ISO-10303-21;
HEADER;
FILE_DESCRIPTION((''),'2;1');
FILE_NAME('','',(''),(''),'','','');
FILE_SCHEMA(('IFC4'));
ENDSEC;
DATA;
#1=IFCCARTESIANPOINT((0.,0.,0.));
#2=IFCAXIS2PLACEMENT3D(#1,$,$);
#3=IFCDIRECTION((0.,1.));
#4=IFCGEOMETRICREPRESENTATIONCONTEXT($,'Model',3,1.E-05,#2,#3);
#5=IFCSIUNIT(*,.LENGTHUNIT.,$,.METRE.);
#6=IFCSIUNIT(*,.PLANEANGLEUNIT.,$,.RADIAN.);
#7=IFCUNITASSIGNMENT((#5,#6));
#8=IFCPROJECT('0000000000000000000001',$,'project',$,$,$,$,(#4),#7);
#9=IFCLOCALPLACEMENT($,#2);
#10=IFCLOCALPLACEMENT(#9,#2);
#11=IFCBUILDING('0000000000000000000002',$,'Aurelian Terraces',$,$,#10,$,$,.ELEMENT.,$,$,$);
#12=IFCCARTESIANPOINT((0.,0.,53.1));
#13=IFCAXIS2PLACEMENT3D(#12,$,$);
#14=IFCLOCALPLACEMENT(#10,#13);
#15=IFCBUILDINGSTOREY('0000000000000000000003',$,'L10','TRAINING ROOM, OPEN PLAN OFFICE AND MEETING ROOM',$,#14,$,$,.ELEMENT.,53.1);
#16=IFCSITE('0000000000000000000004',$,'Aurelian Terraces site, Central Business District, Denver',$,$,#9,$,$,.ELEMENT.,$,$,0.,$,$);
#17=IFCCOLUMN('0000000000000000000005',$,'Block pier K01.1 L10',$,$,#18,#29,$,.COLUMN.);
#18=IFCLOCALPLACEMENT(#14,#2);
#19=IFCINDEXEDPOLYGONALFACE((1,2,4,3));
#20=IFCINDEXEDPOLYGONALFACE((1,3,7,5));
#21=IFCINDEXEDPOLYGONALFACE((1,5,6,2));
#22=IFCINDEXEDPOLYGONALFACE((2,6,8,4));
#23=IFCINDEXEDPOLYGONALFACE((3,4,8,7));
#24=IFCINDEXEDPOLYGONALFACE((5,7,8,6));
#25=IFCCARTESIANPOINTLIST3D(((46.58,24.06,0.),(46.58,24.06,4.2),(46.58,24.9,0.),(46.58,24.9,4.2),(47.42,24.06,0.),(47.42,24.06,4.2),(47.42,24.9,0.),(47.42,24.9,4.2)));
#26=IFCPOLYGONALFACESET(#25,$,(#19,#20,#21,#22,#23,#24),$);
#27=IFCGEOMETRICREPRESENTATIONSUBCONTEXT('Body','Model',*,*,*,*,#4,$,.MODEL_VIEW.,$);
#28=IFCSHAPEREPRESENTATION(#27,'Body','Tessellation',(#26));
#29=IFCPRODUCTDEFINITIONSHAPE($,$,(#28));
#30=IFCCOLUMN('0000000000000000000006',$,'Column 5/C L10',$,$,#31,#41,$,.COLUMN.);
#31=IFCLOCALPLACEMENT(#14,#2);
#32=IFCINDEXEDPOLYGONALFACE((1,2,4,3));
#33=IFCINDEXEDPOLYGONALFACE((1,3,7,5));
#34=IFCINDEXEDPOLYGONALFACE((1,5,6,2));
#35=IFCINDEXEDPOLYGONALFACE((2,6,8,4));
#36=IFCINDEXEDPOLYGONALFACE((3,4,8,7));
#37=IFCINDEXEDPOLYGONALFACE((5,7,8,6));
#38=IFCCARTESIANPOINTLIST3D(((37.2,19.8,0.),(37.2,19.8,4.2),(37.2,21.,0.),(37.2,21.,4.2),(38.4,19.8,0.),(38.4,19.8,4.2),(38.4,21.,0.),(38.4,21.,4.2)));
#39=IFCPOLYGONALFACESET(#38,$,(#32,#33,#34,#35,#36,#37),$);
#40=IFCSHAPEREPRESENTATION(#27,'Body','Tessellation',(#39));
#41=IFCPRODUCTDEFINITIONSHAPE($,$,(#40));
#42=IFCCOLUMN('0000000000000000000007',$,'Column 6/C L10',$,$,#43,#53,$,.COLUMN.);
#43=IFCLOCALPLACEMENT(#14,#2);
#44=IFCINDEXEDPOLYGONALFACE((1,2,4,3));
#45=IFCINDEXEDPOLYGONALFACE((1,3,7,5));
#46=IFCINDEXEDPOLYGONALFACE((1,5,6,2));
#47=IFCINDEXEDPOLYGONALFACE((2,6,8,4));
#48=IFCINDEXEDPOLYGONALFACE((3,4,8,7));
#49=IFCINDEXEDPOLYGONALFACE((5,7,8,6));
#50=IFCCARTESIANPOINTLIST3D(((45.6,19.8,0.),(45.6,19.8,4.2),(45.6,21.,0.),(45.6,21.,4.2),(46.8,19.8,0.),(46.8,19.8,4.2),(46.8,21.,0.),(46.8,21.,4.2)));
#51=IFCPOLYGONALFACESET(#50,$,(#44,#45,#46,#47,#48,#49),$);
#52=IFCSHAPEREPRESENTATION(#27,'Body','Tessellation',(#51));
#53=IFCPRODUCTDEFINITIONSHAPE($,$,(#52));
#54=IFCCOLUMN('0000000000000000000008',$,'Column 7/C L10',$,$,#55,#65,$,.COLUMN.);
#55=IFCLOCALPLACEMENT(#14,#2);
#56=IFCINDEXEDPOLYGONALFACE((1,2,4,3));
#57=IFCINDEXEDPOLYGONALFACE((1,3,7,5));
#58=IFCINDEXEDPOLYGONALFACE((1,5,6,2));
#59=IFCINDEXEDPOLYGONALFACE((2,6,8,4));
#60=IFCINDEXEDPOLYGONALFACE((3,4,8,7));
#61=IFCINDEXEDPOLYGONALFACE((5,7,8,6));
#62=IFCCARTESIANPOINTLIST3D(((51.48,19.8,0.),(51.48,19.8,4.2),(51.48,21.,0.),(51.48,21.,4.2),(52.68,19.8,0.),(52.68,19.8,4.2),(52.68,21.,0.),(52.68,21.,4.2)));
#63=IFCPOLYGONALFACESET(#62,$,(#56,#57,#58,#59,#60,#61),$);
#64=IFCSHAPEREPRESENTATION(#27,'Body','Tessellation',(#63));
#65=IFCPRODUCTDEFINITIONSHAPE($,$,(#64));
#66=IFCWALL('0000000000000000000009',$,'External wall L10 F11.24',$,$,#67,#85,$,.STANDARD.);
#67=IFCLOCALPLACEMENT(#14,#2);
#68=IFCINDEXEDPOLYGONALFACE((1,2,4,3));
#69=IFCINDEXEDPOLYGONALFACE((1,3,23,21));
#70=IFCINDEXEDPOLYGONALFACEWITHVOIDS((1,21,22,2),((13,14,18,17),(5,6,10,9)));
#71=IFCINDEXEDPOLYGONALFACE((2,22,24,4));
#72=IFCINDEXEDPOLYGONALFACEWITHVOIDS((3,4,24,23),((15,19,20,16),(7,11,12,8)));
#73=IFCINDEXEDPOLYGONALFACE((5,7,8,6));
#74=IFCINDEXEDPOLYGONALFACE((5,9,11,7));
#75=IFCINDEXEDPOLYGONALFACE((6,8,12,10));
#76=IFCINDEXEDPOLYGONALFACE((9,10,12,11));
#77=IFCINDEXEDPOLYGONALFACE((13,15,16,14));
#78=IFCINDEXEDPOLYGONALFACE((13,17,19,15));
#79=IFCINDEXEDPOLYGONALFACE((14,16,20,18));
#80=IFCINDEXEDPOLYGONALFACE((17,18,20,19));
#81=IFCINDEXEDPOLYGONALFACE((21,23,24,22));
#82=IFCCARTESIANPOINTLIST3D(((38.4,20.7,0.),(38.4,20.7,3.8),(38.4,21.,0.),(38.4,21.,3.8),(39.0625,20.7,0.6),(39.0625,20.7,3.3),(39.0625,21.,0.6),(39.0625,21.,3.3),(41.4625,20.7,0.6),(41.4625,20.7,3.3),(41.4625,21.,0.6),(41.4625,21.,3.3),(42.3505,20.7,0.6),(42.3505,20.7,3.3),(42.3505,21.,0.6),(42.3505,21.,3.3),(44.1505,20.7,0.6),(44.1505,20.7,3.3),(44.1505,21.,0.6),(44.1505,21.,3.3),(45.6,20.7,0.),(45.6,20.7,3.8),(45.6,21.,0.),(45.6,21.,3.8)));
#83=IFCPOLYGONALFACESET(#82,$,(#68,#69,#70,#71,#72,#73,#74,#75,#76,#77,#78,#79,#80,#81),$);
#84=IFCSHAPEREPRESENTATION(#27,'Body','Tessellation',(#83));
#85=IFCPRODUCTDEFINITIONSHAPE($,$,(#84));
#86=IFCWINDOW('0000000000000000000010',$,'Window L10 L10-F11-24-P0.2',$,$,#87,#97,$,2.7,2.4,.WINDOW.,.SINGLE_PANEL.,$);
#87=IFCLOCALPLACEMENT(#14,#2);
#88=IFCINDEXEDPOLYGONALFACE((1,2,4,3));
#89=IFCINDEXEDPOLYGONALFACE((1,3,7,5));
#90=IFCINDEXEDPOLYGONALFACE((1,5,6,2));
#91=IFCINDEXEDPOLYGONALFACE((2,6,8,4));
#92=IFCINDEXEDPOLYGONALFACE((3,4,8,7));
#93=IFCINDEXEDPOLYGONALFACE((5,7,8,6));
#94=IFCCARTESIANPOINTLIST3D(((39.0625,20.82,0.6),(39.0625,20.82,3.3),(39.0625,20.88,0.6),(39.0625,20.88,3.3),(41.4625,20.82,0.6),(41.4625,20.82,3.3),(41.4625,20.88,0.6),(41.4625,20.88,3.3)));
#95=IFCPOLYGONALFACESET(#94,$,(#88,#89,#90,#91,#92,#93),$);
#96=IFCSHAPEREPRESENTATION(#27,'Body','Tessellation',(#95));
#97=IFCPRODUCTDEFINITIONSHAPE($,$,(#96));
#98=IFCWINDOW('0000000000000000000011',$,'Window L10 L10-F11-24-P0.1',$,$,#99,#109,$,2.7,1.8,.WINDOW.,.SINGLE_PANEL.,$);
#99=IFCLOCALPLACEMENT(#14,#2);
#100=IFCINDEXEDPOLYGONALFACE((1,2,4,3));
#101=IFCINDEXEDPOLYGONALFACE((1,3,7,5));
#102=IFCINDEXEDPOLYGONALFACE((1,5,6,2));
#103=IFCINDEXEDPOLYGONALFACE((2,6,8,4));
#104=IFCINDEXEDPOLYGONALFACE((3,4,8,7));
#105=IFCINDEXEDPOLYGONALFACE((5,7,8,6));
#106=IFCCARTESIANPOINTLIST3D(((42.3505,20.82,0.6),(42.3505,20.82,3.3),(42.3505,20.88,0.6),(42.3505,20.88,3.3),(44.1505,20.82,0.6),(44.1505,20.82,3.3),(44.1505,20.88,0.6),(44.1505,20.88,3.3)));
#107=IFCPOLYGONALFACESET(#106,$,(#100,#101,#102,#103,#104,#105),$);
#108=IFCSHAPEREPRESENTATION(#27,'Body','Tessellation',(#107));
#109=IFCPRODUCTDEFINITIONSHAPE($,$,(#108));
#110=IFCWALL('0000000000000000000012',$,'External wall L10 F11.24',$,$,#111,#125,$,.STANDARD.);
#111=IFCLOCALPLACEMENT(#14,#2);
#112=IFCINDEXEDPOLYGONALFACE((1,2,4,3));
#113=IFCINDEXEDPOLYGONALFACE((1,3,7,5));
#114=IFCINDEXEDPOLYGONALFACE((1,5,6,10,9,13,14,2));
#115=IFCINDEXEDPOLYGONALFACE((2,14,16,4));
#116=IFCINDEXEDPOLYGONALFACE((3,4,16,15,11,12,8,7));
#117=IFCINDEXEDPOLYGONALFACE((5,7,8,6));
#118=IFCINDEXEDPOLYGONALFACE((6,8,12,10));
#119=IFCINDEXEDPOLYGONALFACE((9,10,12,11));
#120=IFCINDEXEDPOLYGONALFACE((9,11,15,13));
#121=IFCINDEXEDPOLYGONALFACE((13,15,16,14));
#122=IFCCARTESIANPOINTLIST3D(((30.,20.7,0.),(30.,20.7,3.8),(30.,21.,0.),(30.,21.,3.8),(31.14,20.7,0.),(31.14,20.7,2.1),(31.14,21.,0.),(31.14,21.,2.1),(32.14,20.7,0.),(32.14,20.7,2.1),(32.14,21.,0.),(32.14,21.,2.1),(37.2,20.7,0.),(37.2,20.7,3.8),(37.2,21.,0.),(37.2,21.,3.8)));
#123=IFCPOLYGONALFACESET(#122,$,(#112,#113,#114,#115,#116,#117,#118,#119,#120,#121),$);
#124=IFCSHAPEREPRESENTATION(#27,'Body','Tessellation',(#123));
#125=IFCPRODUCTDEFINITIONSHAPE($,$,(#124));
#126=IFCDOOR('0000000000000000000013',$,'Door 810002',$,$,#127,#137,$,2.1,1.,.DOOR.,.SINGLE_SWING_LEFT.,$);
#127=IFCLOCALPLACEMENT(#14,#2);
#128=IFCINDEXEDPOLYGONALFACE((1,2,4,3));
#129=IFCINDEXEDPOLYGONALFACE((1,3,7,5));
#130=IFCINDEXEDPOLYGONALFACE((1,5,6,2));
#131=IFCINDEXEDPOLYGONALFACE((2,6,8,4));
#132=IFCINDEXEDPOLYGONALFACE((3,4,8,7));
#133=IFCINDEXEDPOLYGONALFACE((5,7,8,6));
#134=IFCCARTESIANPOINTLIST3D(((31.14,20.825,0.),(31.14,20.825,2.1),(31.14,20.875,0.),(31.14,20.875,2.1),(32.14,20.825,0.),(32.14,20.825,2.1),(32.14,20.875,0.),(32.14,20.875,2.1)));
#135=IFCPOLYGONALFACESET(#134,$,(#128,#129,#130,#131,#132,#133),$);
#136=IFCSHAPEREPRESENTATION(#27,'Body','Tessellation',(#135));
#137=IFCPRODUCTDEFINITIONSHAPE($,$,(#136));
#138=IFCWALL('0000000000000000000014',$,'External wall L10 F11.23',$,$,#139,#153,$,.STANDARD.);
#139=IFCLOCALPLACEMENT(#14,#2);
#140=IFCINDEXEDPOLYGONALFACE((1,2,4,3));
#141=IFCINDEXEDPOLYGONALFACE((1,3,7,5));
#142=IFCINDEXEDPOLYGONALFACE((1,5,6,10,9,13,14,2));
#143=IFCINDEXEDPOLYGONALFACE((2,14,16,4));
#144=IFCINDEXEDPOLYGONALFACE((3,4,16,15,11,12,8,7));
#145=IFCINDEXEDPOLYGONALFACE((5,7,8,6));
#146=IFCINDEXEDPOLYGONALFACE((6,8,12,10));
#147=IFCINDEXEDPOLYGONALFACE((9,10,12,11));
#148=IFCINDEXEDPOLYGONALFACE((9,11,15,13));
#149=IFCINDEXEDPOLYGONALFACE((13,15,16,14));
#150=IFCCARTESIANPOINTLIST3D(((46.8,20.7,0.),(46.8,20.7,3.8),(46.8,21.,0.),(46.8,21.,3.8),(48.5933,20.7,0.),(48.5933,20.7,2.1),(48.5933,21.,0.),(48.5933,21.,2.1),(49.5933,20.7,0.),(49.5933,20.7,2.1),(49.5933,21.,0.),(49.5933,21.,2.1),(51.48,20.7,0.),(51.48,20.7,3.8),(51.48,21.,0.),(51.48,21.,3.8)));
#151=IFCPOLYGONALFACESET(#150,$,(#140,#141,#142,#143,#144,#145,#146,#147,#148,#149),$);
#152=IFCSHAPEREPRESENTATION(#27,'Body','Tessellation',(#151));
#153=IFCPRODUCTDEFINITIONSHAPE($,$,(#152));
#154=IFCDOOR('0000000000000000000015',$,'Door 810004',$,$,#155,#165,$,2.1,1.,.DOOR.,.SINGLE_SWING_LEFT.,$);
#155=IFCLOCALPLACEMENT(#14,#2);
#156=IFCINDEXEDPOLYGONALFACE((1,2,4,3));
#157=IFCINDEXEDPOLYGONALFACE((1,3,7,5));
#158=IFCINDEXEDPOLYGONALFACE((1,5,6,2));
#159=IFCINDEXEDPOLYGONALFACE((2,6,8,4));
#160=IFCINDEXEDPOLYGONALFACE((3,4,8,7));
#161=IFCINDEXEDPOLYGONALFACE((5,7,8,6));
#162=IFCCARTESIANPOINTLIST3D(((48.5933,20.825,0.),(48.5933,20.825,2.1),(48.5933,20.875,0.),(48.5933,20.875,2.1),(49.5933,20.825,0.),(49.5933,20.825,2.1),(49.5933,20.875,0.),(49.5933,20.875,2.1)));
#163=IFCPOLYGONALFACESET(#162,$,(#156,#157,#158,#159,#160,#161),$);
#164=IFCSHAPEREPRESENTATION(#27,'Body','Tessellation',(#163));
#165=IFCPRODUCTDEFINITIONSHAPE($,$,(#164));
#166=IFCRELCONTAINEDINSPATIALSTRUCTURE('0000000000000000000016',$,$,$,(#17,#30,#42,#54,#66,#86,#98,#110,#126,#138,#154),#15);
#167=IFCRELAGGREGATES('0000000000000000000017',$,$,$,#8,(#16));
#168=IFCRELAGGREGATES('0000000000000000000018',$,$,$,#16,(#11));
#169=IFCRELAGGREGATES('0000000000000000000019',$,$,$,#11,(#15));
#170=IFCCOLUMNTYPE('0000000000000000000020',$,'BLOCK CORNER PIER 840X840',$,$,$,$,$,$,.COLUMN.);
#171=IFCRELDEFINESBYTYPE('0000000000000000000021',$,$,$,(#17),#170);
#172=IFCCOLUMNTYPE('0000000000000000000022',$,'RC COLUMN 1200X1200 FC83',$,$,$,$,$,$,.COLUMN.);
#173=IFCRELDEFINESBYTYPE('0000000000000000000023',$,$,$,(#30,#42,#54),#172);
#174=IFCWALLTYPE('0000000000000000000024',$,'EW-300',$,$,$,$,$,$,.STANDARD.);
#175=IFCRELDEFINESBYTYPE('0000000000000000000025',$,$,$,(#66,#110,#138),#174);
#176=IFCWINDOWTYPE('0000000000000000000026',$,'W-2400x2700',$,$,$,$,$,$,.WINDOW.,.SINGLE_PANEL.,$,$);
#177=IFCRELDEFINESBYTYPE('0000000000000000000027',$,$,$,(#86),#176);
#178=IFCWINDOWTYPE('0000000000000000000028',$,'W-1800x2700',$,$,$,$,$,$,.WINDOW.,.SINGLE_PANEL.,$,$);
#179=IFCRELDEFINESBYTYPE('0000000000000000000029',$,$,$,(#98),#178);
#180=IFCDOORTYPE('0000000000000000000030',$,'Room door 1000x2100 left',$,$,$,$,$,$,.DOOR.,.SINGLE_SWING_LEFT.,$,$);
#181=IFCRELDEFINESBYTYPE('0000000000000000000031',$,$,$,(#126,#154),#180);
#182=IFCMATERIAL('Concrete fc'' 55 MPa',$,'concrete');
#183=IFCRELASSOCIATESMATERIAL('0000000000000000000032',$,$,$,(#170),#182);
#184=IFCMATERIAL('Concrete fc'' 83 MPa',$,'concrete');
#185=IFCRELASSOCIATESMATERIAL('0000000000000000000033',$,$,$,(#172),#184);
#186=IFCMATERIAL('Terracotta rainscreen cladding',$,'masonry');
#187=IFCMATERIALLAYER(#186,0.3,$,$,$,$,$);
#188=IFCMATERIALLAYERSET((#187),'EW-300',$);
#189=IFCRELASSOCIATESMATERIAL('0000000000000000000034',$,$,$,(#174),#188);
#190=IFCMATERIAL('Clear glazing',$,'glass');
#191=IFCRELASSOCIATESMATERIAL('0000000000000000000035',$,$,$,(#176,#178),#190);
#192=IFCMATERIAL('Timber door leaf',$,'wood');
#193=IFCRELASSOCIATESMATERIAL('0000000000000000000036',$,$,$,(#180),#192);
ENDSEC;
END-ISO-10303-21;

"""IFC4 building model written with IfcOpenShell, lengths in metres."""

from ifc_helpers import new_model, si_unit, direction, frame, frame_2d, origin, origin_2d, place, context, subcontext, project, spatial, rectangle, extrude, source, transform, mapped, material, layer, layer_set, material_profile, profile_set, type_object, element, fill, save


model = new_model("IFC4")

# Units and contexts
model_context = context("Model", 3, precision=1e-05, world=origin(), true_north=direction((0.0, 1.0)))
body_context = subcontext(model_context, "Body", "Model", "MODEL_VIEW")
ifc_project = project(units=[si_unit("LENGTHUNIT", "METRE"), si_unit("PLANEANGLEUNIT", "RADIAN")], contexts=[model_context])

# Site, building, storey
site_placement = place(None, origin())
site = spatial("IfcSite", under=ifc_project, at=site_placement, Name="Aurelian Terraces site, Central Business District, Denver", CompositionType="ELEMENT", RefElevation=0.0)
building_placement = place(site_placement, origin())
building = spatial("IfcBuilding", under=site, at=building_placement, Name="Aurelian Terraces", CompositionType="ELEMENT")
storey_placement = place(building_placement, frame((0.0, 0.0, 53.1)))
storey = spatial("IfcBuildingStorey", under=building, at=storey_placement, Name="L10", Description="TRAINING ROOM, OPEN PLAN OFFICE AND MEETING ROOM", CompositionType="ELEMENT", Elevation=53.1)

# Columns
ifc_material_1 = material(Name="Concrete fc' 55 MPa", Category="concrete")
ifc_material_profile_1 = material_profile(ifc_material_1, rectangle(XDim=0.84, YDim=0.84, at=origin_2d()))
ifc_profile_set_1 = profile_set([ifc_material_profile_1], Name="Concrete fc' 55 MPa")
column_type_1 = type_object("IfcColumnType", Name="BLOCK CORNER PIER 840X840", PredefinedType="COLUMN", material=ifc_profile_set_1)
column_placement = place(storey_placement, frame((47.0, 24.48, 0.0), z_axis=(0.0, 0.0, 1.0), x_axis=(1.0, 0.0, 0.0)))
element("IfcColumn", 1, at=column_placement, inside=storey, type_object=column_type_1, Name="Block pier K01.1 L10", PredefinedType="COLUMN", context=body_context, shape_type="SweptSolid", body=[
    extrude(rectangle(XDim=0.84, YDim=0.84, at=origin_2d()), origin(), (0.0, 0.0, 1.0), 4.2),
])
ifc_material_2 = material(Name="Concrete fc' 83 MPa", Category="concrete")
ifc_material_profile_2 = material_profile(ifc_material_2, rectangle(XDim=1.2, YDim=1.2, at=origin_2d()))
ifc_profile_set_2 = profile_set([ifc_material_profile_2], Name="Concrete fc' 83 MPa")
column_type_2 = type_object("IfcColumnType", Name="RC COLUMN 1200X1200 FC83", PredefinedType="COLUMN", material=ifc_profile_set_2)
shared_shape_1 = source(origin(), body_context, "Body", "SweptSolid", [
    extrude(rectangle(XDim=1.2, YDim=1.2, at=origin_2d()), origin(), (0.0, 0.0, 1.0), 4.2),
])
for number, where, z_axis, x_axis, name in (
    (2, (37.8, 20.4, 0.0), (0.0, 0.0, 1.0), (1.0, 0.0, 0.0), "Column 5/C L10"),
    (3, (46.2, 20.4, 0.0), (0.0, 0.0, 1.0), (1.0, 0.0, 0.0), "Column 6/C L10"),
    (4, (52.08, 20.4, 0.0), (0.0, 0.0, 1.0), (1.0, 0.0, 0.0), "Column 7/C L10"),
):
    element("IfcColumn", number, at=place(storey_placement, frame(where, z_axis=z_axis, x_axis=x_axis)), inside=storey, type_object=column_type_2, Name=name, PredefinedType="COLUMN", context=body_context, shape_type="MappedRepresentation", body=[
        mapped(shared_shape_1, transform((0.0, 0.0, 0.0), scale=1.0)),
    ])

# Wall, openings, windows
ifc_material_3 = material(Name="Terracotta rainscreen cladding", Category="masonry")
ifc_layer_1 = layer(ifc_material_3, 0.3)
ifc_layer_set_1 = layer_set([ifc_layer_1], Name="EW-300")
wall_type_1 = type_object("IfcWallType", Name="EW-300", PredefinedType="STANDARD", material=ifc_layer_set_1)
shared_shape_2 = source(origin(), body_context, "Body", "SweptSolid", [
    extrude(rectangle(XDim=7.2, YDim=0.3, at=frame_2d((3.6, 0.0))), origin(), (0.0, 0.0, 1.0), 3.8),
])
wall_1_placement = place(storey_placement, frame((45.6, 20.85, 0.0), z_axis=(0.0, 0.0, 1.0), x_axis=(-1.0, 0.0, 0.0)))
wall_1 = element("IfcWall", 5, at=wall_1_placement, inside=storey, type_object=wall_type_1, Name="External wall L10 F11.24", PredefinedType="STANDARD", context=body_context, shape_type="MappedRepresentation", body=[
    mapped(shared_shape_2, transform((0.0, 0.0, 0.0), scale=1.0)),
])
shared_shape_3 = source(origin(), body_context, "Body", "SweptSolid", [
    extrude(rectangle(XDim=1.8, YDim=2.7, at=frame_2d((0.9, 1.35))), frame((0.0, 0.16, 0.0), z_axis=(0.0, -1.0, 0.0), x_axis=(1.0, 0.0, 0.0)), (0.0, 0.0, 1.0), 0.32),
])
opening_1_placement = place(wall_1_placement, frame((1.4495, 0.0, 0.6)))
opening_1 = element("IfcOpeningElement", 6, at=opening_1_placement, cuts=wall_1, PredefinedType="OPENING", context=body_context, shape_type="MappedRepresentation", body=[
    mapped(shared_shape_3, transform((0.0, 0.0, 0.0), scale=1.0)),
])
shared_shape_4 = source(origin(), body_context, "Body", "SweptSolid", [
    extrude(rectangle(XDim=2.4, YDim=2.7, at=frame_2d((1.2, 1.35))), frame((0.0, 0.16, 0.0), z_axis=(0.0, -1.0, 0.0), x_axis=(1.0, 0.0, 0.0)), (0.0, 0.0, 1.0), 0.32),
])
opening_2_placement = place(wall_1_placement, frame((4.1375, 0.0, 0.6)))
opening_2 = element("IfcOpeningElement", 7, at=opening_2_placement, cuts=wall_1, PredefinedType="OPENING", context=body_context, shape_type="MappedRepresentation", body=[
    mapped(shared_shape_4, transform((0.0, 0.0, 0.0), scale=1.0)),
])
ifc_material_4 = material(Name="Clear glazing", Category="glass")
window_type_1 = type_object("IfcWindowType", Name="W-2400x2700", PartitioningType="SINGLE_PANEL", PredefinedType="WINDOW", material=ifc_material_4)
shared_shape_5 = source(origin(), body_context, "Body", "SweptSolid", [
    extrude(rectangle(XDim=2.4, YDim=2.7, at=frame_2d((1.2, 1.35))), frame((0.0, 0.03, 0.0), z_axis=(0.0, -1.0, 0.0), x_axis=(1.0, 0.0, 0.0)), (0.0, 0.0, 1.0), 0.06),
])
window_1_placement = place(opening_2_placement, origin())
window_1 = element("IfcWindow", 8, at=window_1_placement, inside=storey, type_object=window_type_1, Name="Window L10 L10-F11-24-P0.2", OverallHeight=2.7, OverallWidth=2.4, PartitioningType="SINGLE_PANEL", PredefinedType="WINDOW", context=body_context, shape_type="MappedRepresentation", body=[
    mapped(shared_shape_5, transform((0.0, 0.0, 0.0), scale=1.0)),
])
fill(opening_2, window_1)
window_type_2 = type_object("IfcWindowType", Name="W-1800x2700", PartitioningType="SINGLE_PANEL", PredefinedType="WINDOW", material=ifc_material_4)
shared_shape_6 = source(origin(), body_context, "Body", "SweptSolid", [
    extrude(rectangle(XDim=1.8, YDim=2.7, at=frame_2d((0.9, 1.35))), frame((0.0, 0.03, 0.0), z_axis=(0.0, -1.0, 0.0), x_axis=(1.0, 0.0, 0.0)), (0.0, 0.0, 1.0), 0.06),
])
window_2_placement = place(opening_1_placement, origin())
window_2 = element("IfcWindow", 9, at=window_2_placement, inside=storey, type_object=window_type_2, Name="Window L10 L10-F11-24-P0.1", OverallHeight=2.7, OverallWidth=1.8, PartitioningType="SINGLE_PANEL", PredefinedType="WINDOW", context=body_context, shape_type="MappedRepresentation", body=[
    mapped(shared_shape_6, transform((0.0, 0.0, 0.0), scale=1.0)),
])
fill(opening_1, window_2)

# Walls, openings, doors
wall_2_placement = place(storey_placement, frame((37.2, 20.85, 0.0), z_axis=(0.0, 0.0, 1.0), x_axis=(-1.0, 0.0, 0.0)))
wall_2 = element("IfcWall", 10, at=wall_2_placement, inside=storey, type_object=wall_type_1, Name="External wall L10 F11.24", PredefinedType="STANDARD", context=body_context, shape_type="MappedRepresentation", body=[
    mapped(shared_shape_2, transform((0.0, 0.0, 0.0), scale=1.0)),
])
shared_shape_7 = source(origin(), body_context, "Body", "SweptSolid", [
    extrude(rectangle(XDim=1.0, YDim=2.1, at=frame_2d((0.5, 1.05))), frame((0.0, 0.16, 0.0), z_axis=(0.0, -1.0, 0.0), x_axis=(1.0, 0.0, 0.0)), (0.0, 0.0, 1.0), 0.32),
])
opening_3_placement = place(wall_2_placement, frame((5.06, 0.0, 0.0)))
opening_3 = element("IfcOpeningElement", 11, at=opening_3_placement, cuts=wall_2, PredefinedType="OPENING", context=body_context, shape_type="MappedRepresentation", body=[
    mapped(shared_shape_7, transform((0.0, 0.0, 0.0), scale=1.0)),
])
ifc_material_5 = material(Name="Timber door leaf", Category="wood")
door_type = type_object("IfcDoorType", Name="Room door 1000x2100 left", OperationType="SINGLE_SWING_LEFT", PredefinedType="DOOR", material=ifc_material_5)
shared_shape_8 = source(origin(), body_context, "Body", "SweptSolid", [
    extrude(rectangle(XDim=1.0, YDim=2.1, at=frame_2d((0.5, 1.05))), frame((0.0, 0.025, 0.0), z_axis=(0.0, -1.0, 0.0), x_axis=(1.0, 0.0, 0.0)), (0.0, 0.0, 1.0), 0.05),
])
door_1_placement = place(opening_3_placement, origin())
door_1 = element("IfcDoor", 12, at=door_1_placement, inside=storey, type_object=door_type, Name="Door 810002", OperationType="SINGLE_SWING_LEFT", OverallHeight=2.1, OverallWidth=1.0, PredefinedType="DOOR", context=body_context, shape_type="MappedRepresentation", body=[
    mapped(shared_shape_8, transform((0.0, 0.0, 0.0), scale=1.0)),
])
fill(opening_3, door_1)
shared_shape_9 = source(origin(), body_context, "Body", "SweptSolid", [
    extrude(rectangle(XDim=4.68, YDim=0.3, at=frame_2d((2.34, 0.0))), origin(), (0.0, 0.0, 1.0), 3.8),
])
wall_3_placement = place(storey_placement, frame((51.48, 20.85, 0.0), z_axis=(0.0, 0.0, 1.0), x_axis=(-1.0, 0.0, 0.0)))
wall_3 = element("IfcWall", 13, at=wall_3_placement, inside=storey, type_object=wall_type_1, Name="External wall L10 F11.23", PredefinedType="STANDARD", context=body_context, shape_type="MappedRepresentation", body=[
    mapped(shared_shape_9, transform((0.0, 0.0, 0.0), scale=1.0)),
])
opening_4_placement = place(wall_3_placement, frame((1.8867, 0.0, 0.0)))
opening_4 = element("IfcOpeningElement", 14, at=opening_4_placement, cuts=wall_3, PredefinedType="OPENING", context=body_context, shape_type="MappedRepresentation", body=[
    mapped(shared_shape_7, transform((0.0, 0.0, 0.0), scale=1.0)),
])
door_2_placement = place(opening_4_placement, origin())
door_2 = element("IfcDoor", 15, at=door_2_placement, inside=storey, type_object=door_type, Name="Door 810004", OperationType="SINGLE_SWING_LEFT", OverallHeight=2.1, OverallWidth=1.0, PredefinedType="DOOR", context=body_context, shape_type="MappedRepresentation", body=[
    mapped(shared_shape_8, transform((0.0, 0.0, 0.0), scale=1.0)),
])
fill(opening_4, door_2)

save(model, "model.ifc")
